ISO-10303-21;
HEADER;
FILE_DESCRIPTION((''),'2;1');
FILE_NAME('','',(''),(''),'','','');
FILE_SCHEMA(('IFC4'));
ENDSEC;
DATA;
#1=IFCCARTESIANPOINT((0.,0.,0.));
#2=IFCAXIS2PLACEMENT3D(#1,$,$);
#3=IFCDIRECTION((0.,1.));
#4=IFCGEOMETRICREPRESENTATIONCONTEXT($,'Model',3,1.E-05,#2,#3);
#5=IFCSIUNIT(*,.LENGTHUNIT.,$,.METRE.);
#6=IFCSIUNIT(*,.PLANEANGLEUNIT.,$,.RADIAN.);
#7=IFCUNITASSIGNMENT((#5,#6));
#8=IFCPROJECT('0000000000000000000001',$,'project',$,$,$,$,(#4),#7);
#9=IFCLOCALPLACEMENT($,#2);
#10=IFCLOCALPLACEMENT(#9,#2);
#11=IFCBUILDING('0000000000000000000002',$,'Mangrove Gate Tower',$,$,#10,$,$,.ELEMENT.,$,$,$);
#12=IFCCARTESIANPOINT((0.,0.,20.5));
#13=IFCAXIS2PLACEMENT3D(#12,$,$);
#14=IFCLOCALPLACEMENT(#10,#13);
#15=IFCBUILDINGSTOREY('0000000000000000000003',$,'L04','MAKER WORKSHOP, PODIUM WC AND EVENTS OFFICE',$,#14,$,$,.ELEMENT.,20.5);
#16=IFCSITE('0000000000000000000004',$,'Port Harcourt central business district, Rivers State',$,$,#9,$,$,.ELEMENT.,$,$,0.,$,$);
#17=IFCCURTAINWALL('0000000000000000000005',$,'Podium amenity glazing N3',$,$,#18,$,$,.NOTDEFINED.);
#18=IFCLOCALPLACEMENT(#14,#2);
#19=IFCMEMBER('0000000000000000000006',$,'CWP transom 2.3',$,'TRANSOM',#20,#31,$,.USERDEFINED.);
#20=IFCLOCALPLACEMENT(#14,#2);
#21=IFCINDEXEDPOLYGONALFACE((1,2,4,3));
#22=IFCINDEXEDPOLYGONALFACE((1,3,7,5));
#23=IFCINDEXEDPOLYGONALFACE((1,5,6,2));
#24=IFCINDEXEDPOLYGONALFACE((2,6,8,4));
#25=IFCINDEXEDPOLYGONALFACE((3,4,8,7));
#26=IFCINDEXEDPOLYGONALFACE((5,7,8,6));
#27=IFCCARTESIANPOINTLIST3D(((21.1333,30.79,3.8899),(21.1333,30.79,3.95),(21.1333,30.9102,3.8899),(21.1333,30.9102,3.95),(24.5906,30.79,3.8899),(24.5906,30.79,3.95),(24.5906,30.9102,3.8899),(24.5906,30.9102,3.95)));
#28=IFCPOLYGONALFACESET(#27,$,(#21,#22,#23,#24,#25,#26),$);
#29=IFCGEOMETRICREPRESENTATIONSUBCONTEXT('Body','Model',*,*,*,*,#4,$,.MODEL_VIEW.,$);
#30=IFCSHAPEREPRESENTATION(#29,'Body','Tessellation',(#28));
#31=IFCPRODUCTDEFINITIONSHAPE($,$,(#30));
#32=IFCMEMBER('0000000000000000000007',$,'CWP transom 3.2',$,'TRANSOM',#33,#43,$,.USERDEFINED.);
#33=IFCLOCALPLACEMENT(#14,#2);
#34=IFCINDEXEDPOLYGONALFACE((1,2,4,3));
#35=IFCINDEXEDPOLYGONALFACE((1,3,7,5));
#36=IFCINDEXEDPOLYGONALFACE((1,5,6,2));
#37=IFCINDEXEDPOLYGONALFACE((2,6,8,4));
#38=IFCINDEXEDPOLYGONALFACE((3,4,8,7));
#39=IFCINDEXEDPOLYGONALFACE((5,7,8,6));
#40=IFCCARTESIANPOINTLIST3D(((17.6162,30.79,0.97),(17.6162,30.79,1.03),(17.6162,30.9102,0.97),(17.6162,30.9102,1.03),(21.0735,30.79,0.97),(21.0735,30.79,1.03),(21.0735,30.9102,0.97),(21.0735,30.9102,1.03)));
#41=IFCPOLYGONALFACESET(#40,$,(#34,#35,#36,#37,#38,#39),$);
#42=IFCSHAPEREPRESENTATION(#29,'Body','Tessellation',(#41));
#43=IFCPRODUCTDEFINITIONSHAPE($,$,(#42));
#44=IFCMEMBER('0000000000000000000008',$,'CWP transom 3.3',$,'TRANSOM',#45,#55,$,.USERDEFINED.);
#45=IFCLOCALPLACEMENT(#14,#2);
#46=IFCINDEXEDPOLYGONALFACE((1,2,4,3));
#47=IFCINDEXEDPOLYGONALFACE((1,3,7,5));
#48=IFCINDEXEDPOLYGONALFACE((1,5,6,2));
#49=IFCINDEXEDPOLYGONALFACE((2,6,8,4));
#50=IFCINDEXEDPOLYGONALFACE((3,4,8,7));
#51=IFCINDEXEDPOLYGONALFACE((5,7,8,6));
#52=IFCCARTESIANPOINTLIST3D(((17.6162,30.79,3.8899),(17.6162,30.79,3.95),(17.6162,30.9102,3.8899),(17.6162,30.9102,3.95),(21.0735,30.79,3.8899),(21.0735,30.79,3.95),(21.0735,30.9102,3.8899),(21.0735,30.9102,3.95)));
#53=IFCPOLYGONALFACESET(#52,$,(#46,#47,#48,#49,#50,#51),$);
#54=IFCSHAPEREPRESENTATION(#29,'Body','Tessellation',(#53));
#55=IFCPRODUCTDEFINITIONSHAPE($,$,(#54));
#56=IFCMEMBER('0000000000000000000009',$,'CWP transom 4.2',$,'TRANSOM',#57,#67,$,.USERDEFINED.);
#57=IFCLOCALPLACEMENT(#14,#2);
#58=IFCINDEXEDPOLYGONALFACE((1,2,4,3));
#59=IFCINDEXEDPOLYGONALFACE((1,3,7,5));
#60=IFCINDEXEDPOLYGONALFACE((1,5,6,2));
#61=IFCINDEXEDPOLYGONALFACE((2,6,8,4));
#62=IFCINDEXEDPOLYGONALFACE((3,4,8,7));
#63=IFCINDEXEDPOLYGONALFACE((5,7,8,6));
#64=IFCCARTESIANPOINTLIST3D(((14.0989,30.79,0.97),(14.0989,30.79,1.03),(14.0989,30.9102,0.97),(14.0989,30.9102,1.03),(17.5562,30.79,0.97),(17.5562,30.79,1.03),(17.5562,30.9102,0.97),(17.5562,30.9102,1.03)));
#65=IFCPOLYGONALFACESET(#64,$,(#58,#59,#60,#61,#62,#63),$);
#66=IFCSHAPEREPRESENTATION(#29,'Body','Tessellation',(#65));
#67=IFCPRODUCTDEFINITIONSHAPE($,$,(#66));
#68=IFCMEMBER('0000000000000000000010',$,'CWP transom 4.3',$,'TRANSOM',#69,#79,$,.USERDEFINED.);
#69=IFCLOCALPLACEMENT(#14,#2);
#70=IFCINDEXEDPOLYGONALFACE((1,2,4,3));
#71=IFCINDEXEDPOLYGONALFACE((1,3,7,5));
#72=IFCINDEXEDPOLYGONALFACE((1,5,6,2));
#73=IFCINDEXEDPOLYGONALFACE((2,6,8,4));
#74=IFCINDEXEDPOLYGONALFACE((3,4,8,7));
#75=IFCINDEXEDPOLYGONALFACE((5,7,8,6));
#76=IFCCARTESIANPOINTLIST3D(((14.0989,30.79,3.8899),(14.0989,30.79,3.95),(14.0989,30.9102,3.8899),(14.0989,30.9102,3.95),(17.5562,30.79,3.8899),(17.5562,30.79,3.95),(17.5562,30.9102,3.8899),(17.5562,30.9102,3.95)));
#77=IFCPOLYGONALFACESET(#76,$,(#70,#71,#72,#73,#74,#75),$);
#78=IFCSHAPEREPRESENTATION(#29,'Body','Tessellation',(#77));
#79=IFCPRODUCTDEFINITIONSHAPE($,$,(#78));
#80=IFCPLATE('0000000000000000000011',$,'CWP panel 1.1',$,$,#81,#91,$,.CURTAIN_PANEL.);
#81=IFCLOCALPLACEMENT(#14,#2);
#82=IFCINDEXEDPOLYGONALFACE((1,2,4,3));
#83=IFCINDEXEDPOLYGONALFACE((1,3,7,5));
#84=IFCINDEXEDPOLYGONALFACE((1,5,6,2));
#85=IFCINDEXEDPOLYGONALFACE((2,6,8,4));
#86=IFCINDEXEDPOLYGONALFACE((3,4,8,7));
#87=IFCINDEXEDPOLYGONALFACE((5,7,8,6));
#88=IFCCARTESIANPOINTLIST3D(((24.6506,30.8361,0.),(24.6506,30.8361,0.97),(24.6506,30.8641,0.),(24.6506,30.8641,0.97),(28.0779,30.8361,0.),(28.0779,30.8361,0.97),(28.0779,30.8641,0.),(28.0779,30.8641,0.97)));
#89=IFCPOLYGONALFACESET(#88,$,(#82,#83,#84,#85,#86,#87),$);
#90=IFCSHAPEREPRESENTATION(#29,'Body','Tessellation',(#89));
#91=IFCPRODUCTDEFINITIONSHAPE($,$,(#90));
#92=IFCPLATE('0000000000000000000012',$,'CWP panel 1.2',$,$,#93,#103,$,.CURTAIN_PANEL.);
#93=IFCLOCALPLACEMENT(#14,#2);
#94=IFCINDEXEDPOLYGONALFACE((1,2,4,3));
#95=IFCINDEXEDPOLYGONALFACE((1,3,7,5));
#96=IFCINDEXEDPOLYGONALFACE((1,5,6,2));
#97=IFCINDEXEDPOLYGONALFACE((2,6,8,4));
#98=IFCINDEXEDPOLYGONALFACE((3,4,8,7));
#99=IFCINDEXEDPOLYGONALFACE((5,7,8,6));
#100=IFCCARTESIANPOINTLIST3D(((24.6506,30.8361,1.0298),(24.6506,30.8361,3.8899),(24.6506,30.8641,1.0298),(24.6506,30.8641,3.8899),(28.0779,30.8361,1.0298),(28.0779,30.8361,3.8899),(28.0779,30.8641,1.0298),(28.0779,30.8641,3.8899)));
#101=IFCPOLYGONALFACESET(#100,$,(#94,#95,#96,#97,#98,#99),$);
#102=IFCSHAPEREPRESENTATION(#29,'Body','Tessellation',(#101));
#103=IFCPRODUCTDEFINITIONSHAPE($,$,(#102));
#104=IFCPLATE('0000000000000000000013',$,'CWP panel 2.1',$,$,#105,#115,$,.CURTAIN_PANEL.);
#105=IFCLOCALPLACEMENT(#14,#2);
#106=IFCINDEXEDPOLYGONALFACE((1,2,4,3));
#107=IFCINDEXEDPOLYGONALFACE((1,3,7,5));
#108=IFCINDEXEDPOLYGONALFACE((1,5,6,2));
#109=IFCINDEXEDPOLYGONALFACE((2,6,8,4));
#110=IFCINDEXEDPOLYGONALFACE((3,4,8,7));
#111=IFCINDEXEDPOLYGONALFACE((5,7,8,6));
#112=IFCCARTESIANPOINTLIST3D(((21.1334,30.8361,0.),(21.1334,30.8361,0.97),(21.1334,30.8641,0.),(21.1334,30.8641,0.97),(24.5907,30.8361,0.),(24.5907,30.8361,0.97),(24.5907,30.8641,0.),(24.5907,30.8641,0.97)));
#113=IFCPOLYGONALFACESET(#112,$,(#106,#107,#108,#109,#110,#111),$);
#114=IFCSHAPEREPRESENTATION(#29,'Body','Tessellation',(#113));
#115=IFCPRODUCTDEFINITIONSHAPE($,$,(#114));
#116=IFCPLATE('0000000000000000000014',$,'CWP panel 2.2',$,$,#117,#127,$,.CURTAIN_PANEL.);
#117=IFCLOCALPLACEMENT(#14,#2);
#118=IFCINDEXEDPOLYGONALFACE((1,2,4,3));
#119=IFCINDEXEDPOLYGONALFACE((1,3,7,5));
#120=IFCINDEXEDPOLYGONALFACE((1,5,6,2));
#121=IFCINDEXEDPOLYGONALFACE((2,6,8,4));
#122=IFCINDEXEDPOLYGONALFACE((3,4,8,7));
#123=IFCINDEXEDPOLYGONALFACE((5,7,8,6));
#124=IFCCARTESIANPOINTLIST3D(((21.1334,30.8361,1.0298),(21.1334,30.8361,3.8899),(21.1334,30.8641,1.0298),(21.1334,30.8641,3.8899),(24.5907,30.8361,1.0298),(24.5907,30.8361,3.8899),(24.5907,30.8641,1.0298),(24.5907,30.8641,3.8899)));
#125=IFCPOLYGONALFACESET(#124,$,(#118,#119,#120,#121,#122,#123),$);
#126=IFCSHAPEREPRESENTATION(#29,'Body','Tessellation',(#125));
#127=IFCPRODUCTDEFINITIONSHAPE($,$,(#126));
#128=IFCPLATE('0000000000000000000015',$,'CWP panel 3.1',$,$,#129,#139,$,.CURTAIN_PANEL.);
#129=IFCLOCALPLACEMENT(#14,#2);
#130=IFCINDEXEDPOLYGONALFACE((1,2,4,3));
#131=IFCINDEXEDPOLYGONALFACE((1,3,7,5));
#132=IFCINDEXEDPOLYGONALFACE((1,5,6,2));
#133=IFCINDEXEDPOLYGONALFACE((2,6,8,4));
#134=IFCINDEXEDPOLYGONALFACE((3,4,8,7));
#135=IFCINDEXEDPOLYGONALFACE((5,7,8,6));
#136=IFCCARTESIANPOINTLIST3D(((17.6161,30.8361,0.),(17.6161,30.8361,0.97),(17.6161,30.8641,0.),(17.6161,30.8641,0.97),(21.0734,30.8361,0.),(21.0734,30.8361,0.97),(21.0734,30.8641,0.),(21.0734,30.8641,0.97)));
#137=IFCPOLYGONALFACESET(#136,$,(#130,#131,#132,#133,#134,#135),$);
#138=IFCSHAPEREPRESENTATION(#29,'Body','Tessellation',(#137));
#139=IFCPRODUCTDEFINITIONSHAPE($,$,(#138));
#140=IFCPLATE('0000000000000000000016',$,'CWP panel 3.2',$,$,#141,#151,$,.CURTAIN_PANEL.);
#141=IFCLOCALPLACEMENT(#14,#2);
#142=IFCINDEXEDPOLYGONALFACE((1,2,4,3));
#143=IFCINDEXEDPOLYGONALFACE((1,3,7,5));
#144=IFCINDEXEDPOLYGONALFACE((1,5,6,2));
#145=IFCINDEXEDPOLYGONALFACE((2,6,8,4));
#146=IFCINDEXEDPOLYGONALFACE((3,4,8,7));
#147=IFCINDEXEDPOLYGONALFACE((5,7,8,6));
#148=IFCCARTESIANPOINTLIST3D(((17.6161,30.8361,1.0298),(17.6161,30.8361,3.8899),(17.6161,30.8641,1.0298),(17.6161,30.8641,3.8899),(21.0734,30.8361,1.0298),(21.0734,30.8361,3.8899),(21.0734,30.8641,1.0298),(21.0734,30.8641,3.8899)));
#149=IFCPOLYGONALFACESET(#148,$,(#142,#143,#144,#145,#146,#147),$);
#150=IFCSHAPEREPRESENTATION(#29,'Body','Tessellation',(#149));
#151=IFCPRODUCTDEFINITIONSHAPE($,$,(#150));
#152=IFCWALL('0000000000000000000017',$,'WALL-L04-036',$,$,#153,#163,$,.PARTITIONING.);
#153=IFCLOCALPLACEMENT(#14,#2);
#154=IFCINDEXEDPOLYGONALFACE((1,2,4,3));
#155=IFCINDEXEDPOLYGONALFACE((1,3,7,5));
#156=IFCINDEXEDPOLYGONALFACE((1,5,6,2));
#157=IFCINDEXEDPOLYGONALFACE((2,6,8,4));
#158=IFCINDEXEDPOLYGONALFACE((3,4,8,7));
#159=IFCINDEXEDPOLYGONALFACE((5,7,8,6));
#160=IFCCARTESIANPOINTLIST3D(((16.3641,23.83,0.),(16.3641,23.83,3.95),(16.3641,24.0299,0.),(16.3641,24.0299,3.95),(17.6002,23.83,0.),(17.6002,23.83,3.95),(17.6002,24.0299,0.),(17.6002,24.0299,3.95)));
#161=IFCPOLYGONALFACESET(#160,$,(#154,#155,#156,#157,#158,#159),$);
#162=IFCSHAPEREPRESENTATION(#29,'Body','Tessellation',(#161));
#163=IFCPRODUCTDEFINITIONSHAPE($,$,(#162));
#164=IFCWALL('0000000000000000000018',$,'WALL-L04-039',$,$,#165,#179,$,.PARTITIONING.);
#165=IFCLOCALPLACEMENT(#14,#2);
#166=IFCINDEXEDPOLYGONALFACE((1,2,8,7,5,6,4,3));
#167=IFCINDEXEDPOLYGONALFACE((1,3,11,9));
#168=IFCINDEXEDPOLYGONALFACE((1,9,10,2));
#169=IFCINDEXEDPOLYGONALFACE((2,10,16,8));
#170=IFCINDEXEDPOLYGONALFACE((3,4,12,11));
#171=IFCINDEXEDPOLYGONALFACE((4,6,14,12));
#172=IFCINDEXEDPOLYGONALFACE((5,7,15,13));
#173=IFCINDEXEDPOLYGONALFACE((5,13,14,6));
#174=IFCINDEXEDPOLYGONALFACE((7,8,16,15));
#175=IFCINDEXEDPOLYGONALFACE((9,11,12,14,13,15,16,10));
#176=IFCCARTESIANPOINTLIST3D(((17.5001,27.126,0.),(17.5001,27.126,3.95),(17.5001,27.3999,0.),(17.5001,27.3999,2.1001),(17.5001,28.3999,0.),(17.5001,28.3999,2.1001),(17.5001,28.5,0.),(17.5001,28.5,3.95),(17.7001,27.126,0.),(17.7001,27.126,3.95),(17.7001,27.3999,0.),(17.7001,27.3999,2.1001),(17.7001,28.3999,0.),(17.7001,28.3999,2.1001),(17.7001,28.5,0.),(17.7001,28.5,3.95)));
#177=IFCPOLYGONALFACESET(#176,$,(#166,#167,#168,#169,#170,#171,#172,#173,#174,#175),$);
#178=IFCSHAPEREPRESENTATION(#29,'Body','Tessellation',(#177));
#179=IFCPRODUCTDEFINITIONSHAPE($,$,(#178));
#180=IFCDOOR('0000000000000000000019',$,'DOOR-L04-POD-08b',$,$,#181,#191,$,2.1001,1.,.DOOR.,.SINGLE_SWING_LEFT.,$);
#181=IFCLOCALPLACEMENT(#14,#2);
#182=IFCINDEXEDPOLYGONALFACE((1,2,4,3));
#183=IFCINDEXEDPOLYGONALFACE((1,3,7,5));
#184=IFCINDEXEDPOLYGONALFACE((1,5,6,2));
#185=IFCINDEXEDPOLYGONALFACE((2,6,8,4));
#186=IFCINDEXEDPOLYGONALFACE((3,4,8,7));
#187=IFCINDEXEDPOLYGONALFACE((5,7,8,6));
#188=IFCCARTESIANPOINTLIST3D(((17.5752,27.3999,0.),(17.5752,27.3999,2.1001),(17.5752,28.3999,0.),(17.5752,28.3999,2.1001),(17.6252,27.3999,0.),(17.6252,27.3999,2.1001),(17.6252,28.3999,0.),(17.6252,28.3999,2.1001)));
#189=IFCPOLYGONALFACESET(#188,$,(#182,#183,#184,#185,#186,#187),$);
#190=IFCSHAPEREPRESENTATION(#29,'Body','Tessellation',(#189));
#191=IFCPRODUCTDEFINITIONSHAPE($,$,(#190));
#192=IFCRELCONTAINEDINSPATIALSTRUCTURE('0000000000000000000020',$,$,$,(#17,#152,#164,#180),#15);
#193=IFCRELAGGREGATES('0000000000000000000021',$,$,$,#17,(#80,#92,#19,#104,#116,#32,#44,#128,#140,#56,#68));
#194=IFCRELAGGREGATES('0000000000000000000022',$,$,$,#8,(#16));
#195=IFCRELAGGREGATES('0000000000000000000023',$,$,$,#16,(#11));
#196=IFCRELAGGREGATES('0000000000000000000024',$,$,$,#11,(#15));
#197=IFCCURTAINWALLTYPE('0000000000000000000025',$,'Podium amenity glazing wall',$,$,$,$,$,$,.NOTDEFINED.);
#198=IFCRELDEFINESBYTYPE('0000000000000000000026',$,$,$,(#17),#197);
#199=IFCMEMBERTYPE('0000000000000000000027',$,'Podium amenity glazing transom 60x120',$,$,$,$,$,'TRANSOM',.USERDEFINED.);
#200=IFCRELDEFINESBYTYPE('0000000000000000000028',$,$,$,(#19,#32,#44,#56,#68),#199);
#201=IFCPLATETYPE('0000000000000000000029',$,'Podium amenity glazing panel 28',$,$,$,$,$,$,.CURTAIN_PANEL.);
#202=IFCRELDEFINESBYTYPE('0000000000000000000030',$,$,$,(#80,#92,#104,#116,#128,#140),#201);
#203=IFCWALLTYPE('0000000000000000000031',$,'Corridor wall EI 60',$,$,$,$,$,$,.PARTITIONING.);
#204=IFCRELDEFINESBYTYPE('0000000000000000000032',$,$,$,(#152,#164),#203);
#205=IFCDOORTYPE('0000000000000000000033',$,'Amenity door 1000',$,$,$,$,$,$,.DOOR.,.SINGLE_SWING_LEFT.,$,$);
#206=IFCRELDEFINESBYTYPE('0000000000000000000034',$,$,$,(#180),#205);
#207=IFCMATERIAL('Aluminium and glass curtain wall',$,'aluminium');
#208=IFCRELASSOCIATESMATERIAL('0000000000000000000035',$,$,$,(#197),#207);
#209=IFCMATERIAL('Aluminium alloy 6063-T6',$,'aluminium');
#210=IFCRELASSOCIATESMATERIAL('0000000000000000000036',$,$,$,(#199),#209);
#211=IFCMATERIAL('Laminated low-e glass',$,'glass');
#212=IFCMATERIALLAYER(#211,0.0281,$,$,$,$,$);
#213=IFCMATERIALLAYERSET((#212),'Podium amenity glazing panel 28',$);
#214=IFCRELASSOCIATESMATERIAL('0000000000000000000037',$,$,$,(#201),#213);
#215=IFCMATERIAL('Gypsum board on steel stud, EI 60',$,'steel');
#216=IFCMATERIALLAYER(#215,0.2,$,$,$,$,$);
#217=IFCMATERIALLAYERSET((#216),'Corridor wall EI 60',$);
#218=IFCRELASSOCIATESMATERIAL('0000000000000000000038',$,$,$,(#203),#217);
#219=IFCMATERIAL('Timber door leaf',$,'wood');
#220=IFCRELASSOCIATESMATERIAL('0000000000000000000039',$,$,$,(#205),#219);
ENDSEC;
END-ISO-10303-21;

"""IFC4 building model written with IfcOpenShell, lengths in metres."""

from ifc_helpers import new_model, si_unit, direction, frame, frame_2d, origin, origin_2d, place, context, subcontext, project, spatial, rectangle, extrude, material, layer, layer_set, material_profile, profile_set, type_object, element, fill, aggregate, save


model = new_model("IFC4")

# Units and contexts
model_context = context("Model", 3, precision=1e-05, world=origin(), true_north=direction((0.0, 1.0)))
body_context = subcontext(model_context, "Body", "Model", "MODEL_VIEW")
ifc_project = project(units=[si_unit("LENGTHUNIT", "METRE"), si_unit("PLANEANGLEUNIT", "RADIAN")], contexts=[model_context])

# Site, building, storey
site_placement = place(None, origin())
site = spatial("IfcSite", under=ifc_project, at=site_placement, Name="Port Harcourt central business district, Rivers State", CompositionType="ELEMENT", RefElevation=0.0)
building_placement = place(site_placement, origin())
building = spatial("IfcBuilding", under=site, at=building_placement, Name="Mangrove Gate Tower", CompositionType="ELEMENT")
storey_placement = place(building_placement, frame((0.0, 0.0, 20.5)))
storey = spatial("IfcBuildingStorey", under=building, at=storey_placement, Name="L04", Description="MAKER WORKSHOP, PODIUM WC AND EVENTS OFFICE", CompositionType="ELEMENT", Elevation=20.5)

# Curtain wall, members, plates
ifc_material_1 = material(Name="Aluminium and glass curtain wall", Category="aluminium")
curtain_wall_type = type_object("IfcCurtainWallType", Name="Podium amenity glazing wall", PredefinedType="NOTDEFINED", material=ifc_material_1)
curtain_wall_placement = place(storey_placement, origin())
curtain_wall = element("IfcCurtainWall", 1, at=curtain_wall_placement, inside=storey, type_object=curtain_wall_type, Name="Podium amenity glazing N3", PredefinedType="NOTDEFINED")
ifc_material_2 = material(Name="Aluminium alloy 6063-T6", Category="aluminium")
ifc_material_profile_1 = material_profile(ifc_material_2, rectangle(XDim=0.0601, YDim=0.1201, at=origin_2d()))
ifc_profile_set_1 = profile_set([ifc_material_profile_1], Name="Aluminium alloy 6063-T6")
member_type_1 = type_object("IfcMemberType", Name="Podium amenity glazing transom 60x120", ElementType="TRANSOM", PredefinedType="USERDEFINED", material=ifc_profile_set_1)
member_1_placement = place(storey_placement, frame((24.5906, 30.8501, 3.9199), z_axis=(-1.0, 0.0, 0.0), x_axis=(0.0, 0.0, 1.0)))
member_1 = element("IfcMember", 2, at=member_1_placement, type_object=member_type_1, Name="CWP transom 2.3", ObjectType="TRANSOM", PredefinedType="USERDEFINED", context=body_context, shape_type="SweptSolid", body=[
    extrude(rectangle(XDim=0.0601, YDim=0.1201, at=origin_2d()), origin(), (0.0, 0.0, 1.0), 3.4573),
])
member_2_placement = place(storey_placement, frame((21.0735, 30.8501, 1.0), z_axis=(-1.0, 0.0, 0.0), x_axis=(0.0, 0.0, 1.0)))
member_2 = element("IfcMember", 3, at=member_2_placement, type_object=member_type_1, Name="CWP transom 3.2", ObjectType="TRANSOM", PredefinedType="USERDEFINED", context=body_context, shape_type="SweptSolid", body=[
    extrude(rectangle(XDim=0.0601, YDim=0.1201, at=origin_2d()), origin(), (0.0, 0.0, 1.0), 3.4573),
])
member_3_placement = place(storey_placement, frame((21.0735, 30.8501, 3.9199), z_axis=(-1.0, 0.0, 0.0), x_axis=(0.0, 0.0, 1.0)))
member_3 = element("IfcMember", 4, at=member_3_placement, type_object=member_type_1, Name="CWP transom 3.3", ObjectType="TRANSOM", PredefinedType="USERDEFINED", context=body_context, shape_type="SweptSolid", body=[
    extrude(rectangle(XDim=0.0601, YDim=0.1201, at=origin_2d()), origin(), (0.0, 0.0, 1.0), 3.4573),
])
member_4_placement = place(storey_placement, frame((17.5562, 30.8501, 1.0), z_axis=(-1.0, 0.0, 0.0), x_axis=(0.0, 0.0, 1.0)))
member_4 = element("IfcMember", 5, at=member_4_placement, type_object=member_type_1, Name="CWP transom 4.2", ObjectType="TRANSOM", PredefinedType="USERDEFINED", context=body_context, shape_type="SweptSolid", body=[
    extrude(rectangle(XDim=0.0601, YDim=0.1201, at=origin_2d()), origin(), (0.0, 0.0, 1.0), 3.4573),
])
member_5_placement = place(storey_placement, frame((17.5562, 30.8501, 3.9199), z_axis=(-1.0, 0.0, 0.0), x_axis=(0.0, 0.0, 1.0)))
member_5 = element("IfcMember", 6, at=member_5_placement, type_object=member_type_1, Name="CWP transom 4.3", ObjectType="TRANSOM", PredefinedType="USERDEFINED", context=body_context, shape_type="SweptSolid", body=[
    extrude(rectangle(XDim=0.0601, YDim=0.1201, at=origin_2d()), origin(), (0.0, 0.0, 1.0), 3.4573),
])
ifc_material_3 = material(Name="Laminated low-e glass", Category="glass")
ifc_layer_1 = layer(ifc_material_3, 0.0281)
ifc_layer_set_1 = layer_set([ifc_layer_1], Name="Podium amenity glazing panel 28")
plate_type = type_object("IfcPlateType", Name="Podium amenity glazing panel 28", PredefinedType="CURTAIN_PANEL", material=ifc_layer_set_1)
plate_1_placement = place(storey_placement, frame((26.3643, 30.8501, 0.0), z_axis=(0.0, 0.0, 1.0), x_axis=(-1.0, 0.0, 0.0)))
plate_1 = element("IfcPlate", 7, at=plate_1_placement, type_object=plate_type, Name="CWP panel 1.1", PredefinedType="CURTAIN_PANEL", context=body_context, shape_type="SweptSolid", body=[
    extrude(rectangle(XDim=3.4272, YDim=0.0281, at=origin_2d()), origin(), (0.0, 0.0, 1.0), 0.97),
])
plate_2_placement = place(storey_placement, frame((26.3643, 30.8501, 1.0298), z_axis=(0.0, 0.0, 1.0), x_axis=(-1.0, 0.0, 0.0)))
plate_2 = element("IfcPlate", 8, at=plate_2_placement, type_object=plate_type, Name="CWP panel 1.2", PredefinedType="CURTAIN_PANEL", context=body_context, shape_type="SweptSolid", body=[
    extrude(rectangle(XDim=3.4272, YDim=0.0281, at=origin_2d()), origin(), (0.0, 0.0, 1.0), 2.8601),
])
plate_3_placement = place(storey_placement, frame((22.8621, 30.8501, 0.0), z_axis=(0.0, 0.0, 1.0), x_axis=(-1.0, 0.0, 0.0)))
plate_3 = element("IfcPlate", 9, at=plate_3_placement, type_object=plate_type, Name="CWP panel 2.1", PredefinedType="CURTAIN_PANEL", context=body_context, shape_type="SweptSolid", body=[
    extrude(rectangle(XDim=3.4573, YDim=0.0281, at=origin_2d()), origin(), (0.0, 0.0, 1.0), 0.97),
])
plate_4_placement = place(storey_placement, frame((22.8621, 30.8501, 1.0298), z_axis=(0.0, 0.0, 1.0), x_axis=(-1.0, 0.0, 0.0)))
plate_4 = element("IfcPlate", 10, at=plate_4_placement, type_object=plate_type, Name="CWP panel 2.2", PredefinedType="CURTAIN_PANEL", context=body_context, shape_type="SweptSolid", body=[
    extrude(rectangle(XDim=3.4573, YDim=0.0281, at=origin_2d()), origin(), (0.0, 0.0, 1.0), 2.8601),
])
plate_5_placement = place(storey_placement, frame((19.3447, 30.8501, 0.0), z_axis=(0.0, 0.0, 1.0), x_axis=(-1.0, 0.0, 0.0)))
plate_5 = element("IfcPlate", 11, at=plate_5_placement, type_object=plate_type, Name="CWP panel 3.1", PredefinedType="CURTAIN_PANEL", context=body_context, shape_type="SweptSolid", body=[
    extrude(rectangle(XDim=3.4573, YDim=0.0281, at=origin_2d()), origin(), (0.0, 0.0, 1.0), 0.97),
])
plate_6_placement = place(storey_placement, frame((19.3447, 30.8501, 1.0298), z_axis=(0.0, 0.0, 1.0), x_axis=(-1.0, 0.0, 0.0)))
plate_6 = element("IfcPlate", 12, at=plate_6_placement, type_object=plate_type, Name="CWP panel 3.2", PredefinedType="CURTAIN_PANEL", context=body_context, shape_type="SweptSolid", body=[
    extrude(rectangle(XDim=3.4573, YDim=0.0281, at=origin_2d()), origin(), (0.0, 0.0, 1.0), 2.8601),
])
aggregate(curtain_wall, [plate_1, plate_2, member_1, plate_3, plate_4, member_2, member_3, plate_5, plate_6, member_4, member_5])

# Wall
ifc_material_4 = material(Name="Gypsum board on steel stud, EI 60", Category="steel")
ifc_layer_2 = layer(ifc_material_4, 0.2)
ifc_layer_set_2 = layer_set([ifc_layer_2], Name="Corridor wall EI 60")
wall_type_1 = type_object("IfcWallType", Name="Corridor wall EI 60", PredefinedType="PARTITIONING", material=ifc_layer_set_2)
wall_1_placement = place(storey_placement, frame((16.364, 23.9299, 0.0), z_axis=(0.0, 0.0, 1.0), x_axis=(1.0, 0.0, 0.0)))
element("IfcWall", 13, at=wall_1_placement, inside=storey, type_object=wall_type_1, Name="WALL-L04-036", PredefinedType="PARTITIONING", context=body_context, shape_type="SweptSolid", body=[
    extrude(rectangle(XDim=1.2361, YDim=0.2, at=frame_2d((0.6182, 0.0))), origin(), (0.0, 0.0, 1.0), 3.95),
])

# Wall, opening, door
wall_2_placement = place(storey_placement, frame((17.6001, 27.126, 0.0), z_axis=(0.0, 0.0, 1.0), x_axis=(0.0, 1.0, 0.0)))
wall_2 = element("IfcWall", 14, at=wall_2_placement, inside=storey, type_object=wall_type_1, Name="WALL-L04-039", PredefinedType="PARTITIONING", context=body_context, shape_type="SweptSolid", body=[
    extrude(rectangle(XDim=1.374, YDim=0.2, at=frame_2d((0.687, 0.0))), origin(), (0.0, 0.0, 1.0), 3.95),
])
opening_1_placement = place(wall_2_placement, frame((0.2739, 0.0, 0.0)))
opening_1 = element("IfcOpeningElement", 15, at=opening_1_placement, cuts=wall_2, PredefinedType="OPENING", context=body_context, shape_type="SweptSolid", body=[
    extrude(rectangle(XDim=1.0, YDim=2.1001, at=frame_2d((0.5, 1.05))), frame((0.0, 0.1099, 0.0), z_axis=(0.0, -1.0, 0.0), x_axis=(1.0, 0.0, 0.0)), (0.0, 0.0, 1.0), 0.22),
])
ifc_material_5 = material(Name="Timber door leaf", Category="wood")
door_type = type_object("IfcDoorType", Name="Amenity door 1000", OperationType="SINGLE_SWING_LEFT", PredefinedType="DOOR", material=ifc_material_5)
door_placement = place(opening_1_placement, origin())
door = element("IfcDoor", 16, at=door_placement, inside=storey, type_object=door_type, Name="DOOR-L04-POD-08b", OperationType="SINGLE_SWING_LEFT", OverallHeight=2.1001, OverallWidth=1.0, PredefinedType="DOOR", context=body_context, shape_type="SweptSolid", body=[
    extrude(rectangle(XDim=1.0, YDim=2.1001, at=frame_2d((0.5, 1.05))), frame((0.0, 0.0249, 0.0), z_axis=(0.0, -1.0, 0.0), x_axis=(1.0, 0.0, 0.0)), (0.0, 0.0, 1.0), 0.05),
])
fill(opening_1, door)

save(model, "model.ifc")
